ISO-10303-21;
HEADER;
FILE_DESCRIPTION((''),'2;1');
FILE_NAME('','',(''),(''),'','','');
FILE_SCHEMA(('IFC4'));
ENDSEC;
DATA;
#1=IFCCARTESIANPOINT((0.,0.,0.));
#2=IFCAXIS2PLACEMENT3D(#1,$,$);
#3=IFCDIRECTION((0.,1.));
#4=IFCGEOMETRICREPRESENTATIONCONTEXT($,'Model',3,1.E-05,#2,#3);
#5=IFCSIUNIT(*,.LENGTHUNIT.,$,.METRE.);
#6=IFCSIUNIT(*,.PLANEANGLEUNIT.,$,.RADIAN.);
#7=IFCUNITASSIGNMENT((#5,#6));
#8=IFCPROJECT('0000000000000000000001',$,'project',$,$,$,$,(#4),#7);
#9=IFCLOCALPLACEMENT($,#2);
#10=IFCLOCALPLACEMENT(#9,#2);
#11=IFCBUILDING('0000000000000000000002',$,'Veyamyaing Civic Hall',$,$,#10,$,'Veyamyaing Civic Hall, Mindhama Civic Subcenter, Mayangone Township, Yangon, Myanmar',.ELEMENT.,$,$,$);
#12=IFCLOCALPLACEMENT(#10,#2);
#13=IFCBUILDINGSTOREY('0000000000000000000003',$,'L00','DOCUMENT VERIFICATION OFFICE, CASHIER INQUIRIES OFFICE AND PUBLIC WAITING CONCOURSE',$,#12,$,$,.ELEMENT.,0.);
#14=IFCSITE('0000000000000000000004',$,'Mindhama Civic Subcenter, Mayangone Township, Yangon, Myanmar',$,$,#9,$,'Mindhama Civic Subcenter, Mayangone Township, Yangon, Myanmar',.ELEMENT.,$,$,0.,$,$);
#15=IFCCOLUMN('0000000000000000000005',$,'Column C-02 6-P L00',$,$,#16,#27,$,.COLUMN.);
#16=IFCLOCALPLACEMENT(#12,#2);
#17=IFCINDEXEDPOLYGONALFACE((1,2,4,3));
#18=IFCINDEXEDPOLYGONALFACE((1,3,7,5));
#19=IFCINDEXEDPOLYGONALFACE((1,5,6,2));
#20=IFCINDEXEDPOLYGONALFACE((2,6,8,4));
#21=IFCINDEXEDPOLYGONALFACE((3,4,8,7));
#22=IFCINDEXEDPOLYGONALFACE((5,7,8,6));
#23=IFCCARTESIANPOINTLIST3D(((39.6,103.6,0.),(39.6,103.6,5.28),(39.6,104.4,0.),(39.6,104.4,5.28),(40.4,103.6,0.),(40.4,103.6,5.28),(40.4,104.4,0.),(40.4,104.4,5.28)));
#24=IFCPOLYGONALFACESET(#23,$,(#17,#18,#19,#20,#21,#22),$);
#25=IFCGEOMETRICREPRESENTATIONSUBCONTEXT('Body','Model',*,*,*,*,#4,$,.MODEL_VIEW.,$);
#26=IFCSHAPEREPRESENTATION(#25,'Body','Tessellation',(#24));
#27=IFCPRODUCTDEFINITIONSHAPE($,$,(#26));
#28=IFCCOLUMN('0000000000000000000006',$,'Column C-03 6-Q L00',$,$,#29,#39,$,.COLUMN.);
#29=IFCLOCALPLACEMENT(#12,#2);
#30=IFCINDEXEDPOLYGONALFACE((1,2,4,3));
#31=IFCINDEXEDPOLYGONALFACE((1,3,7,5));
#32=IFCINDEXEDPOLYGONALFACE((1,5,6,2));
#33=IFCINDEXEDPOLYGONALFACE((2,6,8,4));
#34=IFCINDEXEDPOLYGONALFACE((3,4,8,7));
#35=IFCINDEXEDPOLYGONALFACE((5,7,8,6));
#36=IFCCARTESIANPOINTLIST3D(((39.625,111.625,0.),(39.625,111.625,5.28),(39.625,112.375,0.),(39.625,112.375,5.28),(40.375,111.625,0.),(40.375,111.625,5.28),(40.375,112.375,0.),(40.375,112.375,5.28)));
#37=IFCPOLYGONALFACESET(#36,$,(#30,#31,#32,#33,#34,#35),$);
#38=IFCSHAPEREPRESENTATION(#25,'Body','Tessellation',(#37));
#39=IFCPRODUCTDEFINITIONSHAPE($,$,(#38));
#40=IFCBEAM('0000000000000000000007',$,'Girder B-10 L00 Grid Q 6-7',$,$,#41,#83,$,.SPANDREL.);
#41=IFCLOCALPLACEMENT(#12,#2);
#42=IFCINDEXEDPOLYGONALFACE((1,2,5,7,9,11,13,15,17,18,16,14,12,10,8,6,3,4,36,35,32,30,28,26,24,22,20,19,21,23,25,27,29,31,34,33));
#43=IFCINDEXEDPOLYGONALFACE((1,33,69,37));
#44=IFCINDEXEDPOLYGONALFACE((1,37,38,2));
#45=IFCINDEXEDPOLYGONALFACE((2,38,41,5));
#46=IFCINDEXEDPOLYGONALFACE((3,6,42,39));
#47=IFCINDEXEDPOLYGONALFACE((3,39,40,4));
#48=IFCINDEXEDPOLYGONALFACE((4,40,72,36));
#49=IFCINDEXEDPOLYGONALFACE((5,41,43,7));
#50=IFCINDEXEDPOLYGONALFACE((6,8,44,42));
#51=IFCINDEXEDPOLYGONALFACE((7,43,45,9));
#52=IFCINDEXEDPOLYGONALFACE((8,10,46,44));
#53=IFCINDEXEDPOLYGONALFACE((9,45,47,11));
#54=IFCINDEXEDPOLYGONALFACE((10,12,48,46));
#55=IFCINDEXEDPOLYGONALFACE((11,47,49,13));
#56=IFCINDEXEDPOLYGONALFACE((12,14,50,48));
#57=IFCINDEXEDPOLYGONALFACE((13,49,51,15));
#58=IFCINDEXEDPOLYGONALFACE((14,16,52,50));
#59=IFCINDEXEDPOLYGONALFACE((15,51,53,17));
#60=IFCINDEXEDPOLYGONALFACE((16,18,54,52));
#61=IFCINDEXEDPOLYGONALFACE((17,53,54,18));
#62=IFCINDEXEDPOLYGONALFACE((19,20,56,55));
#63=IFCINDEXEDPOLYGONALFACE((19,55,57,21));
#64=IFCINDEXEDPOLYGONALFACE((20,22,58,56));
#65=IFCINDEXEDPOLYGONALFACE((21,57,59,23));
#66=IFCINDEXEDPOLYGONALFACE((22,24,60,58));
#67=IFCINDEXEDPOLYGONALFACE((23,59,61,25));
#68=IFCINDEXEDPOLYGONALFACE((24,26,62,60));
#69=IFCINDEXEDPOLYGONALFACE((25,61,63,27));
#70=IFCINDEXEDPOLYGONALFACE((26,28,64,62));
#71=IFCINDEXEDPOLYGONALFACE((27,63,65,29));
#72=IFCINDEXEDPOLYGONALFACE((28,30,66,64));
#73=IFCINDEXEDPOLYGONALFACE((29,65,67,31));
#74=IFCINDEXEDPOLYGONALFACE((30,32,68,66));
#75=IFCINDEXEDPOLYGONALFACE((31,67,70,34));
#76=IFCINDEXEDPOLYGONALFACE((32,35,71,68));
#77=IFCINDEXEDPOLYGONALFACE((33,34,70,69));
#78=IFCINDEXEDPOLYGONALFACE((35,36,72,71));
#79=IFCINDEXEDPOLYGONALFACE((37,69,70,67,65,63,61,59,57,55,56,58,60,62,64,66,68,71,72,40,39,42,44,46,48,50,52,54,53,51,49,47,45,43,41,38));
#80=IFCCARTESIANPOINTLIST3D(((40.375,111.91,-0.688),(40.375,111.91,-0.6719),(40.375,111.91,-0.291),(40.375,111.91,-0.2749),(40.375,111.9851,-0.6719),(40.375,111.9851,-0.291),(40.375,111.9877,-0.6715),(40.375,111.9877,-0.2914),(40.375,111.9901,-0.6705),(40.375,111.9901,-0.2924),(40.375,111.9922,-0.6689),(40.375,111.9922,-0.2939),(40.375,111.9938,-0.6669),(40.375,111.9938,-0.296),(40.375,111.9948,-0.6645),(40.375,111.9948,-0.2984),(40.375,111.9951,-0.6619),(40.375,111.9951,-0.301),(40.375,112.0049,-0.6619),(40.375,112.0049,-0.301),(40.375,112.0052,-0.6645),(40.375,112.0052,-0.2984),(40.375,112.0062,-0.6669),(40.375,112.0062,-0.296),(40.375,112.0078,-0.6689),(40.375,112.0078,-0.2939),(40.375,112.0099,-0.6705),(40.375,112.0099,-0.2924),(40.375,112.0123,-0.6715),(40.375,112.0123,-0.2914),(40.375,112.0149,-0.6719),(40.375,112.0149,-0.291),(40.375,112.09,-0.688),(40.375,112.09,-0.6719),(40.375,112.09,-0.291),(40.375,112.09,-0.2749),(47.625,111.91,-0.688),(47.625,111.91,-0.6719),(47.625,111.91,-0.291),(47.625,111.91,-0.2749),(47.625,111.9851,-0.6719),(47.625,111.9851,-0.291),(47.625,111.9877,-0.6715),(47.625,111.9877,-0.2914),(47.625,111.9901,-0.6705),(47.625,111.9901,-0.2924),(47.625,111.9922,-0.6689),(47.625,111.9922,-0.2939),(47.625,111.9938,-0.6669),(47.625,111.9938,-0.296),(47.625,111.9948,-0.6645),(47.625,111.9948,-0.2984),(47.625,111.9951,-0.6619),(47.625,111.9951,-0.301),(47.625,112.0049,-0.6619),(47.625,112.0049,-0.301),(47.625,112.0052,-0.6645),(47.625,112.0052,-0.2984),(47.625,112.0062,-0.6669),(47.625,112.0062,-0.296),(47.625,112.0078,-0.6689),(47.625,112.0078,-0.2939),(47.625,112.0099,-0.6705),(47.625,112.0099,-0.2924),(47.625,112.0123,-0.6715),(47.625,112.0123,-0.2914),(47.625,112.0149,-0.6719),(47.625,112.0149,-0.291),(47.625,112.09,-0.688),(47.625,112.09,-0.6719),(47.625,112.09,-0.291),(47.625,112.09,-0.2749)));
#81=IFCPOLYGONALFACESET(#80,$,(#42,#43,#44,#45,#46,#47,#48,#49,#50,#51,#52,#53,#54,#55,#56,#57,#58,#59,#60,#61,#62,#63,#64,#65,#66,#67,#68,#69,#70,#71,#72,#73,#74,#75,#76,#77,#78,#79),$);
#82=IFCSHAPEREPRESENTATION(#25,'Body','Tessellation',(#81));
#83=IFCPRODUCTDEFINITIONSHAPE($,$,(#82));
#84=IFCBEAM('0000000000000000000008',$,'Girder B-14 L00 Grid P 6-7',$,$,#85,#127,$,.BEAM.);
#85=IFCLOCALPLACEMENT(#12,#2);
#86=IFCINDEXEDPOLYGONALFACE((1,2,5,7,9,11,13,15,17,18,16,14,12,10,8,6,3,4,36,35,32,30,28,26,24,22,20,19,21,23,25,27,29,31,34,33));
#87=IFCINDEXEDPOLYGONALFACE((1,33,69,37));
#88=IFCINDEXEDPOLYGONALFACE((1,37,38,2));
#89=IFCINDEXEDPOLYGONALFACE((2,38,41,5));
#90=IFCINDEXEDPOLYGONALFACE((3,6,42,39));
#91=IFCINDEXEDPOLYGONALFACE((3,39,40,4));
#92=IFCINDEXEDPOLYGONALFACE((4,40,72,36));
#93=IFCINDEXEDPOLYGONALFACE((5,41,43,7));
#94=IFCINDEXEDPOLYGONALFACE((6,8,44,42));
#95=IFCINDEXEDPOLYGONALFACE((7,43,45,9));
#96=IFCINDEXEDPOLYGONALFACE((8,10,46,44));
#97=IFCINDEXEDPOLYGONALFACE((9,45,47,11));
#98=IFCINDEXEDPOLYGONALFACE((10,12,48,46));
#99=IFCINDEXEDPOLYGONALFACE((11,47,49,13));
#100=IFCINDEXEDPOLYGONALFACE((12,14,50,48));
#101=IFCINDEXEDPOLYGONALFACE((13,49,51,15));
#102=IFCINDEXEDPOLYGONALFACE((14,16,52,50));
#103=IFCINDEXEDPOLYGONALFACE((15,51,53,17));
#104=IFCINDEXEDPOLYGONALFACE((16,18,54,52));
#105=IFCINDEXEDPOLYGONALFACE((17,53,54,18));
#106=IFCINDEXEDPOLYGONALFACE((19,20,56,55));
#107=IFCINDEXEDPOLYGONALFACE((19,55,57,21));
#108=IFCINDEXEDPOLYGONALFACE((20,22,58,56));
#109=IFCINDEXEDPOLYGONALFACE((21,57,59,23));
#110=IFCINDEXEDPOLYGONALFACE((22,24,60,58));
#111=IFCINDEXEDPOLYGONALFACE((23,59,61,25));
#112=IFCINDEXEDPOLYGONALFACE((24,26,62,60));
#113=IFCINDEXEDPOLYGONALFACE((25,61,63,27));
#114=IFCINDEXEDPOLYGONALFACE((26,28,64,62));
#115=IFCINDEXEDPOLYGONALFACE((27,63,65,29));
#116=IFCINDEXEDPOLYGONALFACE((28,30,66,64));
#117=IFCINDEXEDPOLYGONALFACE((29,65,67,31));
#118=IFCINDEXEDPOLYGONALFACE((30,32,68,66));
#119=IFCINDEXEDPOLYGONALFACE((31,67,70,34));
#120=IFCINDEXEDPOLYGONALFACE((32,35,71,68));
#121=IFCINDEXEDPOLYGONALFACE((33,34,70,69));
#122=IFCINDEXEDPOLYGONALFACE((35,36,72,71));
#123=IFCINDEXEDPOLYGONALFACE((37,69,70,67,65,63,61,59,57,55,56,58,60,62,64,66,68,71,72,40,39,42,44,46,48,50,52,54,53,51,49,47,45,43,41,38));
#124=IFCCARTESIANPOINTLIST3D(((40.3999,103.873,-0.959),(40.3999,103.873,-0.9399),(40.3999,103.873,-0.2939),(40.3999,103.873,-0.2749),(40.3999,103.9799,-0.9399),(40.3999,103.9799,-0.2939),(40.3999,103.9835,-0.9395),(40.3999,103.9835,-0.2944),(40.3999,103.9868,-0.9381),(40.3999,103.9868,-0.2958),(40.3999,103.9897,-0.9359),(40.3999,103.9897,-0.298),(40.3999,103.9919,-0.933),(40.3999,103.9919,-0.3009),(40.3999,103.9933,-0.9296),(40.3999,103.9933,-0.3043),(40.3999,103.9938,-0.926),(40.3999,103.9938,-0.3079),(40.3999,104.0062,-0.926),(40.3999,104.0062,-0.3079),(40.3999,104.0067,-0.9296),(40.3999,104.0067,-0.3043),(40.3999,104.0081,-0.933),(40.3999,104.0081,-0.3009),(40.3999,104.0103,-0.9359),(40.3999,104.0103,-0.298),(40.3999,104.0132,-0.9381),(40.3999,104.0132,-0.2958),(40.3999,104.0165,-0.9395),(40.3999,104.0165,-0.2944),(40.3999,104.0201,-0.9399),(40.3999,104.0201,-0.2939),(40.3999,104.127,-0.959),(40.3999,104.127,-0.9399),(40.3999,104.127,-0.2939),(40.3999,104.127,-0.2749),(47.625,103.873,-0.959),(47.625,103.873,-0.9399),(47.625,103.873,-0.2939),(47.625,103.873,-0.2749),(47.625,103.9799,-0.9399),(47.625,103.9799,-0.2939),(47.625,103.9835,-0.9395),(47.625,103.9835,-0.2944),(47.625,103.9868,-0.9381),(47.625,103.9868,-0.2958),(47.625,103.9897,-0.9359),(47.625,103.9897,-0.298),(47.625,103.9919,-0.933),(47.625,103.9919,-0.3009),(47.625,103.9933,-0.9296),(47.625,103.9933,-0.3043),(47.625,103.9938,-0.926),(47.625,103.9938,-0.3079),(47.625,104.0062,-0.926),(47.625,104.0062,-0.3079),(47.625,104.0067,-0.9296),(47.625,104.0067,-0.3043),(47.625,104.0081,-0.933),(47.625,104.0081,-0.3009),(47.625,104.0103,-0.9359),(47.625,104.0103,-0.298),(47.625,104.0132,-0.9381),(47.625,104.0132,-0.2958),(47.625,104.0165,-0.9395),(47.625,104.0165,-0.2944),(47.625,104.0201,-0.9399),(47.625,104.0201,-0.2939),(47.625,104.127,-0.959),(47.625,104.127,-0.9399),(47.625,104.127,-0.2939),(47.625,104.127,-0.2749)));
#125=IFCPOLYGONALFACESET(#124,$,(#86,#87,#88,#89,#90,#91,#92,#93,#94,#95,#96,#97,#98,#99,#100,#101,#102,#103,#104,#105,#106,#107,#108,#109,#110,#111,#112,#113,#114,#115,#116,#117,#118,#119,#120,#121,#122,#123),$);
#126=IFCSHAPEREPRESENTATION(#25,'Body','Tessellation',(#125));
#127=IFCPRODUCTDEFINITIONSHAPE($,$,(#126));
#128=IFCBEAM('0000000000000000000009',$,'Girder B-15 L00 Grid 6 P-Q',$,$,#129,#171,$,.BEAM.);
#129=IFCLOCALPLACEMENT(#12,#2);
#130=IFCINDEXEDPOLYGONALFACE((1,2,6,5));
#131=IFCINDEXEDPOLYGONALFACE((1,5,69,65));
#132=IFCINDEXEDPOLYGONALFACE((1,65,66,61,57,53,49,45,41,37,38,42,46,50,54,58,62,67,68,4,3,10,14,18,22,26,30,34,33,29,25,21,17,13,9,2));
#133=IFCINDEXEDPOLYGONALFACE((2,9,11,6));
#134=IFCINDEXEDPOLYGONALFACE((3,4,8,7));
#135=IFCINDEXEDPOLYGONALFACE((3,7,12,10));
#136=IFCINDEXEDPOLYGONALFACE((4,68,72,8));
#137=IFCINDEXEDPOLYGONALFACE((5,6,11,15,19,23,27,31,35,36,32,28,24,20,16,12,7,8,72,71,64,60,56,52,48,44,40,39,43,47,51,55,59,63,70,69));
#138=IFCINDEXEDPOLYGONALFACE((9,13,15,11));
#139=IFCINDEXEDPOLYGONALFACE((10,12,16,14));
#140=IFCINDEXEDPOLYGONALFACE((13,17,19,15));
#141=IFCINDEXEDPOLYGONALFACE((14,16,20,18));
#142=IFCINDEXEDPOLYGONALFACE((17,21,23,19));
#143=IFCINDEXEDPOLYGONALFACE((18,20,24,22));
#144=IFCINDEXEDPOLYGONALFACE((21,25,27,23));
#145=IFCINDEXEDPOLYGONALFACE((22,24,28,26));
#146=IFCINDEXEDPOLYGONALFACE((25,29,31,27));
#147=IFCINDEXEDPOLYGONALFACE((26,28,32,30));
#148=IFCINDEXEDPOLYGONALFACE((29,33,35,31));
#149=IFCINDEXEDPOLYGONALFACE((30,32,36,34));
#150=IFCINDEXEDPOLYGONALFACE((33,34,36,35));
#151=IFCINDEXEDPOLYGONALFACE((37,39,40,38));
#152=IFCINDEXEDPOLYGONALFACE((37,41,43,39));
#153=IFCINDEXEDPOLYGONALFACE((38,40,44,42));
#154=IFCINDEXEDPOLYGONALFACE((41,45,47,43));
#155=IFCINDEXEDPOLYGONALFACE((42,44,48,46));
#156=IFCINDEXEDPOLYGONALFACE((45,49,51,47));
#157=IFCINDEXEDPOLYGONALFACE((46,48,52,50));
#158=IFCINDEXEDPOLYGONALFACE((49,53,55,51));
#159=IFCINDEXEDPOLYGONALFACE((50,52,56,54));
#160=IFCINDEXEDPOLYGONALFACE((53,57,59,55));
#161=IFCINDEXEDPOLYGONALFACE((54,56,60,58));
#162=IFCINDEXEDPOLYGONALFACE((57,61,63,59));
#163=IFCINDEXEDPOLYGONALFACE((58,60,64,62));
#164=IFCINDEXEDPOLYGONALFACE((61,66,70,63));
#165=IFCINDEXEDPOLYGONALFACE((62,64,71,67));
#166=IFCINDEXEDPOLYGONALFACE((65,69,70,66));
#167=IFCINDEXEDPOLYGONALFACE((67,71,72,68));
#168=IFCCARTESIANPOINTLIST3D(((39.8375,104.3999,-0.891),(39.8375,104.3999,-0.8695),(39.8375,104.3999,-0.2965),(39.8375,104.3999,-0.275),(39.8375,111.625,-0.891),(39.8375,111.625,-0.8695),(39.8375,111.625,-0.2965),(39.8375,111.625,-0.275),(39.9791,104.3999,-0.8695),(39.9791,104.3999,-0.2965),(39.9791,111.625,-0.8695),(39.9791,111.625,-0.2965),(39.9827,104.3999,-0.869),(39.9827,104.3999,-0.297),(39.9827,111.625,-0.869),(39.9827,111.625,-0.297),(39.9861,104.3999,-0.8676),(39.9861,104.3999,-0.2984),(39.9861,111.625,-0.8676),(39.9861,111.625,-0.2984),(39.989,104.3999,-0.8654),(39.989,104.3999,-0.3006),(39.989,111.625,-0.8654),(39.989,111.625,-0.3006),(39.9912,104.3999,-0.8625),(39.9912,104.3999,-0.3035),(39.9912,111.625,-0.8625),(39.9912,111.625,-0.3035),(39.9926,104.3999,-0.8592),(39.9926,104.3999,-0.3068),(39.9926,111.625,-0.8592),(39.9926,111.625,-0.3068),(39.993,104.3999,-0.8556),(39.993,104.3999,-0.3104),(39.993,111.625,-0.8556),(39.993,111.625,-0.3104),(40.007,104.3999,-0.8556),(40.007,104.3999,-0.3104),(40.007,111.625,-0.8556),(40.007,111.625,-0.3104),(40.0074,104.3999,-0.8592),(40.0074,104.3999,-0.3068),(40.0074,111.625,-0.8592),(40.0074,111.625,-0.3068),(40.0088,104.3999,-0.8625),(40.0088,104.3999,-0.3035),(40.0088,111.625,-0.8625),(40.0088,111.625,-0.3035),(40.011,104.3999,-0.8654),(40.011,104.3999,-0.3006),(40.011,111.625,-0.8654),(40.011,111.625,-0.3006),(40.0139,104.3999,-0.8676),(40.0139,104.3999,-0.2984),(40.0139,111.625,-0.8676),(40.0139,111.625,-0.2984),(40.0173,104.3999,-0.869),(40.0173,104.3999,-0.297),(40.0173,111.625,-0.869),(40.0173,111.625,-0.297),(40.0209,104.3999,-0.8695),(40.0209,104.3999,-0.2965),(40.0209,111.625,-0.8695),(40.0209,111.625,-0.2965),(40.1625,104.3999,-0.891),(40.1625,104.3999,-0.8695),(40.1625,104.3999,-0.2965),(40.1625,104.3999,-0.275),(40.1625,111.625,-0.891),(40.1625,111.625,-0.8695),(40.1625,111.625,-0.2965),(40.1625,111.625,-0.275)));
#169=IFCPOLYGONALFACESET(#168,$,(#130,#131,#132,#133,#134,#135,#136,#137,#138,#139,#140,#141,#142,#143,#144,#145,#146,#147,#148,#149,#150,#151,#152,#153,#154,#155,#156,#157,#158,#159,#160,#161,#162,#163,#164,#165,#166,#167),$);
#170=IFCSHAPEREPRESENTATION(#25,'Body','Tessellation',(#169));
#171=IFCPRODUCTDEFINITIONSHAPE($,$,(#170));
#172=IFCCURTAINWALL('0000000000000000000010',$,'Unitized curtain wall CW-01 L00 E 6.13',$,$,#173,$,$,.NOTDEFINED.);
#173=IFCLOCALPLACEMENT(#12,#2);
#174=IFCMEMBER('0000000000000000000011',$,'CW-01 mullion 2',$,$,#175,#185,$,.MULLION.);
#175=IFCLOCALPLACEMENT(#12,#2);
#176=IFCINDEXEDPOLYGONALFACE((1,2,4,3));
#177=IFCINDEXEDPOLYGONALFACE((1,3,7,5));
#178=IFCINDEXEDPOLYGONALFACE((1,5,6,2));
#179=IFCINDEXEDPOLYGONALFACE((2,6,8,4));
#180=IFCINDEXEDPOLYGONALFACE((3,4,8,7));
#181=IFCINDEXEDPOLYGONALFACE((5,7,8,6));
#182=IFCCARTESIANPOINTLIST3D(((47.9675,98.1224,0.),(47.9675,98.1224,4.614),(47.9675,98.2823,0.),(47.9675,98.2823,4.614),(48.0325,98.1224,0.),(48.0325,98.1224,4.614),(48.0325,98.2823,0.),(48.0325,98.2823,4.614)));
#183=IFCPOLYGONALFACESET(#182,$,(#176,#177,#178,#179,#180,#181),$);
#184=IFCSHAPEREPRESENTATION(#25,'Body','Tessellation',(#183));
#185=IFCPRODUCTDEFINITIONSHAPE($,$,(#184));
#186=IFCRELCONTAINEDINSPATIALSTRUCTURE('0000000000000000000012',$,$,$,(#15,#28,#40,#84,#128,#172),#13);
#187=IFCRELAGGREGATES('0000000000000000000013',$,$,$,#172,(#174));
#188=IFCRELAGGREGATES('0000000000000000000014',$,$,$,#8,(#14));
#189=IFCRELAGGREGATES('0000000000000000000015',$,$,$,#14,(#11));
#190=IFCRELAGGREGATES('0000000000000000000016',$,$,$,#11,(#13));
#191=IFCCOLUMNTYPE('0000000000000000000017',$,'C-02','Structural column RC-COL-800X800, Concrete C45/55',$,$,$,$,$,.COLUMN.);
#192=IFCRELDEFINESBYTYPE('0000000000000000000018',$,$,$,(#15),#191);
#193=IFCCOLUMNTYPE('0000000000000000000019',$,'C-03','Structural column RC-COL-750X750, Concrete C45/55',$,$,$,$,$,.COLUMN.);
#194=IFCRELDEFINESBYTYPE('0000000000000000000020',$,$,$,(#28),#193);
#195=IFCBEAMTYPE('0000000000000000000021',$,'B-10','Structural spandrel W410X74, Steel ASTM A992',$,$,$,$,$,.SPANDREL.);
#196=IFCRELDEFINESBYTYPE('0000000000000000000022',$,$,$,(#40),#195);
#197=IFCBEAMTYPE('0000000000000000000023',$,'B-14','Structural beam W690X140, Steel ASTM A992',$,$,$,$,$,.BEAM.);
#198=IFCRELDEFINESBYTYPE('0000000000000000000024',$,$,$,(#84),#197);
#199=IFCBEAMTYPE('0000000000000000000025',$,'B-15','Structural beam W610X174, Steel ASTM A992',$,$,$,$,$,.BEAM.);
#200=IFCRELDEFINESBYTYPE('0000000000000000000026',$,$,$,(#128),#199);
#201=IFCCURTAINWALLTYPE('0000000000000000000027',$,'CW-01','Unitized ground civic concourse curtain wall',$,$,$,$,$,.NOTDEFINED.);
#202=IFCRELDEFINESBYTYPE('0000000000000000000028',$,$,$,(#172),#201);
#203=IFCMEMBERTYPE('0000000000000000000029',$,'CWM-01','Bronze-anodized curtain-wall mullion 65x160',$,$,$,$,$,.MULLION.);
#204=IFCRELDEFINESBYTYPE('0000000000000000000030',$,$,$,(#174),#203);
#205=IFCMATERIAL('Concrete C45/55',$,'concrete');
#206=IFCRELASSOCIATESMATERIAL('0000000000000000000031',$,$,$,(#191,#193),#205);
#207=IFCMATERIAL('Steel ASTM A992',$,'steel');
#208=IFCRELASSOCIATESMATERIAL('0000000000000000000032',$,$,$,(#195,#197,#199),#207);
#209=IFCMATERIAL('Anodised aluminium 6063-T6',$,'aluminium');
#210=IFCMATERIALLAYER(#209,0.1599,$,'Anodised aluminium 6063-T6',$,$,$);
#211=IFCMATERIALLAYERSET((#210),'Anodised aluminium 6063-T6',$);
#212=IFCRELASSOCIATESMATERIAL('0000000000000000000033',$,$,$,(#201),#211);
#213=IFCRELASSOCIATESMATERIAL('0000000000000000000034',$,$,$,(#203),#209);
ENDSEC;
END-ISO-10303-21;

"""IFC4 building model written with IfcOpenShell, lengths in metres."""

from ifc_helpers import new_model, si_unit, direction, frame, origin, origin_2d, place, context, subcontext, project, spatial, rectangle, i_section, extrude, material, layer, layer_set, material_profile, profile_set, type_object, element, aggregate, save


model = new_model("IFC4")

# Units and contexts
model_context = context("Model", 3, precision=1e-05, world=origin(), true_north=direction((0.0, 1.0)))
body_context = subcontext(model_context, "Body", "Model", "MODEL_VIEW")
ifc_project = project(units=[si_unit("LENGTHUNIT", "METRE"), si_unit("PLANEANGLEUNIT", "RADIAN")], contexts=[model_context])

# Site, building, storey
site_placement = place(None, origin())
site = spatial("IfcSite", under=ifc_project, at=site_placement, Name="Mindhama Civic Subcenter, Mayangone Township, Yangon, Myanmar", LongName="Mindhama Civic Subcenter, Mayangone Township, Yangon, Myanmar", CompositionType="ELEMENT", RefElevation=0.0)
building_placement = place(site_placement, origin())
building = spatial("IfcBuilding", under=site, at=building_placement, Name="Veyamyaing Civic Hall", LongName="Veyamyaing Civic Hall, Mindhama Civic Subcenter, Mayangone Township, Yangon, Myanmar", CompositionType="ELEMENT")
storey_placement = place(building_placement, origin())
storey = spatial("IfcBuildingStorey", under=building, at=storey_placement, Name="L00", Description="DOCUMENT VERIFICATION OFFICE, CASHIER INQUIRIES OFFICE AND PUBLIC WAITING CONCOURSE", CompositionType="ELEMENT", Elevation=0.0)

# Columns
ifc_material_1 = material(Name="Concrete C45/55", Category="concrete")
ifc_material_profile_1 = material_profile(ifc_material_1, rectangle(XDim=0.8, YDim=0.8, at=origin_2d()), Name="RC-COL-800X800")
ifc_profile_set_1 = profile_set([ifc_material_profile_1], Name="Concrete C45/55")
column_type_1 = type_object("IfcColumnType", Name="C-02", Description="Structural column RC-COL-800X800, Concrete C45/55", PredefinedType="COLUMN", material=ifc_profile_set_1)
column_1_placement = place(storey_placement, frame((40.0, 104.0, 0.0), z_axis=(0.0, 0.0, 1.0), x_axis=(1.0, 0.0, 0.0)))
element("IfcColumn", 1, at=column_1_placement, inside=storey, type_object=column_type_1, Name="Column C-02 6-P L00", PredefinedType="COLUMN", context=body_context, shape_type="SweptSolid", body=[
    extrude(rectangle(XDim=0.8, YDim=0.8, at=origin_2d()), origin(), (0.0, 0.0, 1.0), 5.28),
])
ifc_material_profile_2 = material_profile(ifc_material_1, rectangle(XDim=0.75, YDim=0.75, at=origin_2d()), Name="RC-COL-750X750")
ifc_profile_set_2 = profile_set([ifc_material_profile_2], Name="Concrete C45/55")
column_type_2 = type_object("IfcColumnType", Name="C-03", Description="Structural column RC-COL-750X750, Concrete C45/55", PredefinedType="COLUMN", material=ifc_profile_set_2)
column_2_placement = place(storey_placement, frame((40.0, 112.0, 0.0), z_axis=(0.0, 0.0, 1.0), x_axis=(1.0, 0.0, 0.0)))
element("IfcColumn", 2, at=column_2_placement, inside=storey, type_object=column_type_2, Name="Column C-03 6-Q L00", PredefinedType="COLUMN", context=body_context, shape_type="SweptSolid", body=[
    extrude(rectangle(XDim=0.75, YDim=0.75, at=origin_2d()), origin(), (0.0, 0.0, 1.0), 5.28),
])

# Beams
ifc_material_2 = material(Name="Steel ASTM A992", Category="steel")
ifc_material_profile_3 = material_profile(ifc_material_2, i_section(OverallWidth=0.1799, OverallDepth=0.4131, WebThickness=0.0098, FlangeThickness=0.0161, FilletRadius=0.01, at=origin_2d()), Name="W410X74")
ifc_profile_set_3 = profile_set([ifc_material_profile_3], Name="Steel ASTM A992")
beam_type_1 = type_object("IfcBeamType", Name="B-10", Description="Structural spandrel W410X74, Steel ASTM A992", PredefinedType="SPANDREL", material=ifc_profile_set_3)
beam_1_placement = place(storey_placement, frame((40.375, 112.0, -0.4814), z_axis=(1.0, 0.0, 0.0), x_axis=(0.0, 1.0, 0.0)))
element("IfcBeam", 3, at=beam_1_placement, inside=storey, type_object=beam_type_1, Name="Girder B-10 L00 Grid Q 6-7", PredefinedType="SPANDREL", context=body_context, shape_type="SweptSolid", body=[
    extrude(i_section(OverallWidth=0.1799, OverallDepth=0.4131, WebThickness=0.0098, FlangeThickness=0.0161, FilletRadius=0.01, at=origin_2d()), origin(), (0.0, 0.0, 1.0), 7.25),
])
ifc_material_profile_4 = material_profile(ifc_material_2, i_section(OverallWidth=0.2539, OverallDepth=0.6841, WebThickness=0.0125, FlangeThickness=0.019, FilletRadius=0.0139, at=origin_2d()), Name="W690X140")
ifc_profile_set_4 = profile_set([ifc_material_profile_4], Name="Steel ASTM A992")
beam_type_2 = type_object("IfcBeamType", Name="B-14", Description="Structural beam W690X140, Steel ASTM A992", PredefinedType="BEAM", material=ifc_profile_set_4)
beam_2_placement = place(storey_placement, frame((40.3999, 104.0, -0.6169), z_axis=(1.0, 0.0, 0.0), x_axis=(0.0, 1.0, 0.0)))
element("IfcBeam", 4, at=beam_2_placement, inside=storey, type_object=beam_type_2, Name="Girder B-14 L00 Grid P 6-7", PredefinedType="BEAM", context=body_context, shape_type="SweptSolid", body=[
    extrude(i_section(OverallWidth=0.2539, OverallDepth=0.6841, WebThickness=0.0125, FlangeThickness=0.019, FilletRadius=0.0139, at=origin_2d()), origin(), (0.0, 0.0, 1.0), 7.2251),
])
ifc_material_profile_5 = material_profile(ifc_material_2, i_section(OverallWidth=0.325, OverallDepth=0.616, WebThickness=0.0139, FlangeThickness=0.0215, FilletRadius=0.0139, at=origin_2d()), Name="W610X174")
ifc_profile_set_5 = profile_set([ifc_material_profile_5], Name="Steel ASTM A992")
beam_type_3 = type_object("IfcBeamType", Name="B-15", Description="Structural beam W610X174, Steel ASTM A992", PredefinedType="BEAM", material=ifc_profile_set_5)
beam_3_placement = place(storey_placement, frame((40.0, 104.3999, -0.583), z_axis=(0.0, 1.0, 0.0), x_axis=(-1.0, 0.0, 0.0)))
element("IfcBeam", 5, at=beam_3_placement, inside=storey, type_object=beam_type_3, Name="Girder B-15 L00 Grid 6 P-Q", PredefinedType="BEAM", context=body_context, shape_type="SweptSolid", body=[
    extrude(i_section(OverallWidth=0.325, OverallDepth=0.616, WebThickness=0.0139, FlangeThickness=0.0215, FilletRadius=0.0139, at=origin_2d()), origin(), (0.0, 0.0, 1.0), 7.2251),
])

# Curtain wall, member
ifc_material_3 = material(Name="Anodised aluminium 6063-T6", Category="aluminium")
ifc_layer_1 = layer(ifc_material_3, 0.1599, Name="Anodised aluminium 6063-T6")
ifc_layer_set_1 = layer_set([ifc_layer_1], Name="Anodised aluminium 6063-T6")
curtain_wall_type = type_object("IfcCurtainWallType", Name="CW-01", Description="Unitized ground civic concourse curtain wall", PredefinedType="NOTDEFINED", material=ifc_layer_set_1)
curtain_wall_placement = place(storey_placement, origin())
curtain_wall = element("IfcCurtainWall", 6, at=curtain_wall_placement, inside=storey, type_object=curtain_wall_type, Name="Unitized curtain wall CW-01 L00 E 6.13", PredefinedType="NOTDEFINED")
ifc_material_profile_6 = material_profile(ifc_material_3, rectangle(XDim=0.0649, YDim=0.1599, at=origin_2d()), Name="ALU-MUL-65X160")
ifc_profile_set_6 = profile_set([ifc_material_profile_6], Name="Anodised aluminium 6063-T6")
member_type_1 = type_object("IfcMemberType", Name="CWM-01", Description="Bronze-anodized curtain-wall mullion 65x160", PredefinedType="MULLION", material=ifc_profile_set_6)
member_1_placement = place(storey_placement, frame((48.0, 98.2024, 0.0), z_axis=(0.0, 0.0, 1.0), x_axis=(-1.0, 0.0, 0.0)))
member_1 = element("IfcMember", 7, at=member_1_placement, type_object=member_type_1, Name="CW-01 mullion 2", PredefinedType="MULLION", context=body_context, shape_type="SweptSolid", body=[
    extrude(rectangle(XDim=0.0649, YDim=0.1599, at=origin_2d()), origin(), (0.0, 0.0, 1.0), 4.614),
])

aggregate(curtain_wall, [member_1])

save(model, "model.ifc")
